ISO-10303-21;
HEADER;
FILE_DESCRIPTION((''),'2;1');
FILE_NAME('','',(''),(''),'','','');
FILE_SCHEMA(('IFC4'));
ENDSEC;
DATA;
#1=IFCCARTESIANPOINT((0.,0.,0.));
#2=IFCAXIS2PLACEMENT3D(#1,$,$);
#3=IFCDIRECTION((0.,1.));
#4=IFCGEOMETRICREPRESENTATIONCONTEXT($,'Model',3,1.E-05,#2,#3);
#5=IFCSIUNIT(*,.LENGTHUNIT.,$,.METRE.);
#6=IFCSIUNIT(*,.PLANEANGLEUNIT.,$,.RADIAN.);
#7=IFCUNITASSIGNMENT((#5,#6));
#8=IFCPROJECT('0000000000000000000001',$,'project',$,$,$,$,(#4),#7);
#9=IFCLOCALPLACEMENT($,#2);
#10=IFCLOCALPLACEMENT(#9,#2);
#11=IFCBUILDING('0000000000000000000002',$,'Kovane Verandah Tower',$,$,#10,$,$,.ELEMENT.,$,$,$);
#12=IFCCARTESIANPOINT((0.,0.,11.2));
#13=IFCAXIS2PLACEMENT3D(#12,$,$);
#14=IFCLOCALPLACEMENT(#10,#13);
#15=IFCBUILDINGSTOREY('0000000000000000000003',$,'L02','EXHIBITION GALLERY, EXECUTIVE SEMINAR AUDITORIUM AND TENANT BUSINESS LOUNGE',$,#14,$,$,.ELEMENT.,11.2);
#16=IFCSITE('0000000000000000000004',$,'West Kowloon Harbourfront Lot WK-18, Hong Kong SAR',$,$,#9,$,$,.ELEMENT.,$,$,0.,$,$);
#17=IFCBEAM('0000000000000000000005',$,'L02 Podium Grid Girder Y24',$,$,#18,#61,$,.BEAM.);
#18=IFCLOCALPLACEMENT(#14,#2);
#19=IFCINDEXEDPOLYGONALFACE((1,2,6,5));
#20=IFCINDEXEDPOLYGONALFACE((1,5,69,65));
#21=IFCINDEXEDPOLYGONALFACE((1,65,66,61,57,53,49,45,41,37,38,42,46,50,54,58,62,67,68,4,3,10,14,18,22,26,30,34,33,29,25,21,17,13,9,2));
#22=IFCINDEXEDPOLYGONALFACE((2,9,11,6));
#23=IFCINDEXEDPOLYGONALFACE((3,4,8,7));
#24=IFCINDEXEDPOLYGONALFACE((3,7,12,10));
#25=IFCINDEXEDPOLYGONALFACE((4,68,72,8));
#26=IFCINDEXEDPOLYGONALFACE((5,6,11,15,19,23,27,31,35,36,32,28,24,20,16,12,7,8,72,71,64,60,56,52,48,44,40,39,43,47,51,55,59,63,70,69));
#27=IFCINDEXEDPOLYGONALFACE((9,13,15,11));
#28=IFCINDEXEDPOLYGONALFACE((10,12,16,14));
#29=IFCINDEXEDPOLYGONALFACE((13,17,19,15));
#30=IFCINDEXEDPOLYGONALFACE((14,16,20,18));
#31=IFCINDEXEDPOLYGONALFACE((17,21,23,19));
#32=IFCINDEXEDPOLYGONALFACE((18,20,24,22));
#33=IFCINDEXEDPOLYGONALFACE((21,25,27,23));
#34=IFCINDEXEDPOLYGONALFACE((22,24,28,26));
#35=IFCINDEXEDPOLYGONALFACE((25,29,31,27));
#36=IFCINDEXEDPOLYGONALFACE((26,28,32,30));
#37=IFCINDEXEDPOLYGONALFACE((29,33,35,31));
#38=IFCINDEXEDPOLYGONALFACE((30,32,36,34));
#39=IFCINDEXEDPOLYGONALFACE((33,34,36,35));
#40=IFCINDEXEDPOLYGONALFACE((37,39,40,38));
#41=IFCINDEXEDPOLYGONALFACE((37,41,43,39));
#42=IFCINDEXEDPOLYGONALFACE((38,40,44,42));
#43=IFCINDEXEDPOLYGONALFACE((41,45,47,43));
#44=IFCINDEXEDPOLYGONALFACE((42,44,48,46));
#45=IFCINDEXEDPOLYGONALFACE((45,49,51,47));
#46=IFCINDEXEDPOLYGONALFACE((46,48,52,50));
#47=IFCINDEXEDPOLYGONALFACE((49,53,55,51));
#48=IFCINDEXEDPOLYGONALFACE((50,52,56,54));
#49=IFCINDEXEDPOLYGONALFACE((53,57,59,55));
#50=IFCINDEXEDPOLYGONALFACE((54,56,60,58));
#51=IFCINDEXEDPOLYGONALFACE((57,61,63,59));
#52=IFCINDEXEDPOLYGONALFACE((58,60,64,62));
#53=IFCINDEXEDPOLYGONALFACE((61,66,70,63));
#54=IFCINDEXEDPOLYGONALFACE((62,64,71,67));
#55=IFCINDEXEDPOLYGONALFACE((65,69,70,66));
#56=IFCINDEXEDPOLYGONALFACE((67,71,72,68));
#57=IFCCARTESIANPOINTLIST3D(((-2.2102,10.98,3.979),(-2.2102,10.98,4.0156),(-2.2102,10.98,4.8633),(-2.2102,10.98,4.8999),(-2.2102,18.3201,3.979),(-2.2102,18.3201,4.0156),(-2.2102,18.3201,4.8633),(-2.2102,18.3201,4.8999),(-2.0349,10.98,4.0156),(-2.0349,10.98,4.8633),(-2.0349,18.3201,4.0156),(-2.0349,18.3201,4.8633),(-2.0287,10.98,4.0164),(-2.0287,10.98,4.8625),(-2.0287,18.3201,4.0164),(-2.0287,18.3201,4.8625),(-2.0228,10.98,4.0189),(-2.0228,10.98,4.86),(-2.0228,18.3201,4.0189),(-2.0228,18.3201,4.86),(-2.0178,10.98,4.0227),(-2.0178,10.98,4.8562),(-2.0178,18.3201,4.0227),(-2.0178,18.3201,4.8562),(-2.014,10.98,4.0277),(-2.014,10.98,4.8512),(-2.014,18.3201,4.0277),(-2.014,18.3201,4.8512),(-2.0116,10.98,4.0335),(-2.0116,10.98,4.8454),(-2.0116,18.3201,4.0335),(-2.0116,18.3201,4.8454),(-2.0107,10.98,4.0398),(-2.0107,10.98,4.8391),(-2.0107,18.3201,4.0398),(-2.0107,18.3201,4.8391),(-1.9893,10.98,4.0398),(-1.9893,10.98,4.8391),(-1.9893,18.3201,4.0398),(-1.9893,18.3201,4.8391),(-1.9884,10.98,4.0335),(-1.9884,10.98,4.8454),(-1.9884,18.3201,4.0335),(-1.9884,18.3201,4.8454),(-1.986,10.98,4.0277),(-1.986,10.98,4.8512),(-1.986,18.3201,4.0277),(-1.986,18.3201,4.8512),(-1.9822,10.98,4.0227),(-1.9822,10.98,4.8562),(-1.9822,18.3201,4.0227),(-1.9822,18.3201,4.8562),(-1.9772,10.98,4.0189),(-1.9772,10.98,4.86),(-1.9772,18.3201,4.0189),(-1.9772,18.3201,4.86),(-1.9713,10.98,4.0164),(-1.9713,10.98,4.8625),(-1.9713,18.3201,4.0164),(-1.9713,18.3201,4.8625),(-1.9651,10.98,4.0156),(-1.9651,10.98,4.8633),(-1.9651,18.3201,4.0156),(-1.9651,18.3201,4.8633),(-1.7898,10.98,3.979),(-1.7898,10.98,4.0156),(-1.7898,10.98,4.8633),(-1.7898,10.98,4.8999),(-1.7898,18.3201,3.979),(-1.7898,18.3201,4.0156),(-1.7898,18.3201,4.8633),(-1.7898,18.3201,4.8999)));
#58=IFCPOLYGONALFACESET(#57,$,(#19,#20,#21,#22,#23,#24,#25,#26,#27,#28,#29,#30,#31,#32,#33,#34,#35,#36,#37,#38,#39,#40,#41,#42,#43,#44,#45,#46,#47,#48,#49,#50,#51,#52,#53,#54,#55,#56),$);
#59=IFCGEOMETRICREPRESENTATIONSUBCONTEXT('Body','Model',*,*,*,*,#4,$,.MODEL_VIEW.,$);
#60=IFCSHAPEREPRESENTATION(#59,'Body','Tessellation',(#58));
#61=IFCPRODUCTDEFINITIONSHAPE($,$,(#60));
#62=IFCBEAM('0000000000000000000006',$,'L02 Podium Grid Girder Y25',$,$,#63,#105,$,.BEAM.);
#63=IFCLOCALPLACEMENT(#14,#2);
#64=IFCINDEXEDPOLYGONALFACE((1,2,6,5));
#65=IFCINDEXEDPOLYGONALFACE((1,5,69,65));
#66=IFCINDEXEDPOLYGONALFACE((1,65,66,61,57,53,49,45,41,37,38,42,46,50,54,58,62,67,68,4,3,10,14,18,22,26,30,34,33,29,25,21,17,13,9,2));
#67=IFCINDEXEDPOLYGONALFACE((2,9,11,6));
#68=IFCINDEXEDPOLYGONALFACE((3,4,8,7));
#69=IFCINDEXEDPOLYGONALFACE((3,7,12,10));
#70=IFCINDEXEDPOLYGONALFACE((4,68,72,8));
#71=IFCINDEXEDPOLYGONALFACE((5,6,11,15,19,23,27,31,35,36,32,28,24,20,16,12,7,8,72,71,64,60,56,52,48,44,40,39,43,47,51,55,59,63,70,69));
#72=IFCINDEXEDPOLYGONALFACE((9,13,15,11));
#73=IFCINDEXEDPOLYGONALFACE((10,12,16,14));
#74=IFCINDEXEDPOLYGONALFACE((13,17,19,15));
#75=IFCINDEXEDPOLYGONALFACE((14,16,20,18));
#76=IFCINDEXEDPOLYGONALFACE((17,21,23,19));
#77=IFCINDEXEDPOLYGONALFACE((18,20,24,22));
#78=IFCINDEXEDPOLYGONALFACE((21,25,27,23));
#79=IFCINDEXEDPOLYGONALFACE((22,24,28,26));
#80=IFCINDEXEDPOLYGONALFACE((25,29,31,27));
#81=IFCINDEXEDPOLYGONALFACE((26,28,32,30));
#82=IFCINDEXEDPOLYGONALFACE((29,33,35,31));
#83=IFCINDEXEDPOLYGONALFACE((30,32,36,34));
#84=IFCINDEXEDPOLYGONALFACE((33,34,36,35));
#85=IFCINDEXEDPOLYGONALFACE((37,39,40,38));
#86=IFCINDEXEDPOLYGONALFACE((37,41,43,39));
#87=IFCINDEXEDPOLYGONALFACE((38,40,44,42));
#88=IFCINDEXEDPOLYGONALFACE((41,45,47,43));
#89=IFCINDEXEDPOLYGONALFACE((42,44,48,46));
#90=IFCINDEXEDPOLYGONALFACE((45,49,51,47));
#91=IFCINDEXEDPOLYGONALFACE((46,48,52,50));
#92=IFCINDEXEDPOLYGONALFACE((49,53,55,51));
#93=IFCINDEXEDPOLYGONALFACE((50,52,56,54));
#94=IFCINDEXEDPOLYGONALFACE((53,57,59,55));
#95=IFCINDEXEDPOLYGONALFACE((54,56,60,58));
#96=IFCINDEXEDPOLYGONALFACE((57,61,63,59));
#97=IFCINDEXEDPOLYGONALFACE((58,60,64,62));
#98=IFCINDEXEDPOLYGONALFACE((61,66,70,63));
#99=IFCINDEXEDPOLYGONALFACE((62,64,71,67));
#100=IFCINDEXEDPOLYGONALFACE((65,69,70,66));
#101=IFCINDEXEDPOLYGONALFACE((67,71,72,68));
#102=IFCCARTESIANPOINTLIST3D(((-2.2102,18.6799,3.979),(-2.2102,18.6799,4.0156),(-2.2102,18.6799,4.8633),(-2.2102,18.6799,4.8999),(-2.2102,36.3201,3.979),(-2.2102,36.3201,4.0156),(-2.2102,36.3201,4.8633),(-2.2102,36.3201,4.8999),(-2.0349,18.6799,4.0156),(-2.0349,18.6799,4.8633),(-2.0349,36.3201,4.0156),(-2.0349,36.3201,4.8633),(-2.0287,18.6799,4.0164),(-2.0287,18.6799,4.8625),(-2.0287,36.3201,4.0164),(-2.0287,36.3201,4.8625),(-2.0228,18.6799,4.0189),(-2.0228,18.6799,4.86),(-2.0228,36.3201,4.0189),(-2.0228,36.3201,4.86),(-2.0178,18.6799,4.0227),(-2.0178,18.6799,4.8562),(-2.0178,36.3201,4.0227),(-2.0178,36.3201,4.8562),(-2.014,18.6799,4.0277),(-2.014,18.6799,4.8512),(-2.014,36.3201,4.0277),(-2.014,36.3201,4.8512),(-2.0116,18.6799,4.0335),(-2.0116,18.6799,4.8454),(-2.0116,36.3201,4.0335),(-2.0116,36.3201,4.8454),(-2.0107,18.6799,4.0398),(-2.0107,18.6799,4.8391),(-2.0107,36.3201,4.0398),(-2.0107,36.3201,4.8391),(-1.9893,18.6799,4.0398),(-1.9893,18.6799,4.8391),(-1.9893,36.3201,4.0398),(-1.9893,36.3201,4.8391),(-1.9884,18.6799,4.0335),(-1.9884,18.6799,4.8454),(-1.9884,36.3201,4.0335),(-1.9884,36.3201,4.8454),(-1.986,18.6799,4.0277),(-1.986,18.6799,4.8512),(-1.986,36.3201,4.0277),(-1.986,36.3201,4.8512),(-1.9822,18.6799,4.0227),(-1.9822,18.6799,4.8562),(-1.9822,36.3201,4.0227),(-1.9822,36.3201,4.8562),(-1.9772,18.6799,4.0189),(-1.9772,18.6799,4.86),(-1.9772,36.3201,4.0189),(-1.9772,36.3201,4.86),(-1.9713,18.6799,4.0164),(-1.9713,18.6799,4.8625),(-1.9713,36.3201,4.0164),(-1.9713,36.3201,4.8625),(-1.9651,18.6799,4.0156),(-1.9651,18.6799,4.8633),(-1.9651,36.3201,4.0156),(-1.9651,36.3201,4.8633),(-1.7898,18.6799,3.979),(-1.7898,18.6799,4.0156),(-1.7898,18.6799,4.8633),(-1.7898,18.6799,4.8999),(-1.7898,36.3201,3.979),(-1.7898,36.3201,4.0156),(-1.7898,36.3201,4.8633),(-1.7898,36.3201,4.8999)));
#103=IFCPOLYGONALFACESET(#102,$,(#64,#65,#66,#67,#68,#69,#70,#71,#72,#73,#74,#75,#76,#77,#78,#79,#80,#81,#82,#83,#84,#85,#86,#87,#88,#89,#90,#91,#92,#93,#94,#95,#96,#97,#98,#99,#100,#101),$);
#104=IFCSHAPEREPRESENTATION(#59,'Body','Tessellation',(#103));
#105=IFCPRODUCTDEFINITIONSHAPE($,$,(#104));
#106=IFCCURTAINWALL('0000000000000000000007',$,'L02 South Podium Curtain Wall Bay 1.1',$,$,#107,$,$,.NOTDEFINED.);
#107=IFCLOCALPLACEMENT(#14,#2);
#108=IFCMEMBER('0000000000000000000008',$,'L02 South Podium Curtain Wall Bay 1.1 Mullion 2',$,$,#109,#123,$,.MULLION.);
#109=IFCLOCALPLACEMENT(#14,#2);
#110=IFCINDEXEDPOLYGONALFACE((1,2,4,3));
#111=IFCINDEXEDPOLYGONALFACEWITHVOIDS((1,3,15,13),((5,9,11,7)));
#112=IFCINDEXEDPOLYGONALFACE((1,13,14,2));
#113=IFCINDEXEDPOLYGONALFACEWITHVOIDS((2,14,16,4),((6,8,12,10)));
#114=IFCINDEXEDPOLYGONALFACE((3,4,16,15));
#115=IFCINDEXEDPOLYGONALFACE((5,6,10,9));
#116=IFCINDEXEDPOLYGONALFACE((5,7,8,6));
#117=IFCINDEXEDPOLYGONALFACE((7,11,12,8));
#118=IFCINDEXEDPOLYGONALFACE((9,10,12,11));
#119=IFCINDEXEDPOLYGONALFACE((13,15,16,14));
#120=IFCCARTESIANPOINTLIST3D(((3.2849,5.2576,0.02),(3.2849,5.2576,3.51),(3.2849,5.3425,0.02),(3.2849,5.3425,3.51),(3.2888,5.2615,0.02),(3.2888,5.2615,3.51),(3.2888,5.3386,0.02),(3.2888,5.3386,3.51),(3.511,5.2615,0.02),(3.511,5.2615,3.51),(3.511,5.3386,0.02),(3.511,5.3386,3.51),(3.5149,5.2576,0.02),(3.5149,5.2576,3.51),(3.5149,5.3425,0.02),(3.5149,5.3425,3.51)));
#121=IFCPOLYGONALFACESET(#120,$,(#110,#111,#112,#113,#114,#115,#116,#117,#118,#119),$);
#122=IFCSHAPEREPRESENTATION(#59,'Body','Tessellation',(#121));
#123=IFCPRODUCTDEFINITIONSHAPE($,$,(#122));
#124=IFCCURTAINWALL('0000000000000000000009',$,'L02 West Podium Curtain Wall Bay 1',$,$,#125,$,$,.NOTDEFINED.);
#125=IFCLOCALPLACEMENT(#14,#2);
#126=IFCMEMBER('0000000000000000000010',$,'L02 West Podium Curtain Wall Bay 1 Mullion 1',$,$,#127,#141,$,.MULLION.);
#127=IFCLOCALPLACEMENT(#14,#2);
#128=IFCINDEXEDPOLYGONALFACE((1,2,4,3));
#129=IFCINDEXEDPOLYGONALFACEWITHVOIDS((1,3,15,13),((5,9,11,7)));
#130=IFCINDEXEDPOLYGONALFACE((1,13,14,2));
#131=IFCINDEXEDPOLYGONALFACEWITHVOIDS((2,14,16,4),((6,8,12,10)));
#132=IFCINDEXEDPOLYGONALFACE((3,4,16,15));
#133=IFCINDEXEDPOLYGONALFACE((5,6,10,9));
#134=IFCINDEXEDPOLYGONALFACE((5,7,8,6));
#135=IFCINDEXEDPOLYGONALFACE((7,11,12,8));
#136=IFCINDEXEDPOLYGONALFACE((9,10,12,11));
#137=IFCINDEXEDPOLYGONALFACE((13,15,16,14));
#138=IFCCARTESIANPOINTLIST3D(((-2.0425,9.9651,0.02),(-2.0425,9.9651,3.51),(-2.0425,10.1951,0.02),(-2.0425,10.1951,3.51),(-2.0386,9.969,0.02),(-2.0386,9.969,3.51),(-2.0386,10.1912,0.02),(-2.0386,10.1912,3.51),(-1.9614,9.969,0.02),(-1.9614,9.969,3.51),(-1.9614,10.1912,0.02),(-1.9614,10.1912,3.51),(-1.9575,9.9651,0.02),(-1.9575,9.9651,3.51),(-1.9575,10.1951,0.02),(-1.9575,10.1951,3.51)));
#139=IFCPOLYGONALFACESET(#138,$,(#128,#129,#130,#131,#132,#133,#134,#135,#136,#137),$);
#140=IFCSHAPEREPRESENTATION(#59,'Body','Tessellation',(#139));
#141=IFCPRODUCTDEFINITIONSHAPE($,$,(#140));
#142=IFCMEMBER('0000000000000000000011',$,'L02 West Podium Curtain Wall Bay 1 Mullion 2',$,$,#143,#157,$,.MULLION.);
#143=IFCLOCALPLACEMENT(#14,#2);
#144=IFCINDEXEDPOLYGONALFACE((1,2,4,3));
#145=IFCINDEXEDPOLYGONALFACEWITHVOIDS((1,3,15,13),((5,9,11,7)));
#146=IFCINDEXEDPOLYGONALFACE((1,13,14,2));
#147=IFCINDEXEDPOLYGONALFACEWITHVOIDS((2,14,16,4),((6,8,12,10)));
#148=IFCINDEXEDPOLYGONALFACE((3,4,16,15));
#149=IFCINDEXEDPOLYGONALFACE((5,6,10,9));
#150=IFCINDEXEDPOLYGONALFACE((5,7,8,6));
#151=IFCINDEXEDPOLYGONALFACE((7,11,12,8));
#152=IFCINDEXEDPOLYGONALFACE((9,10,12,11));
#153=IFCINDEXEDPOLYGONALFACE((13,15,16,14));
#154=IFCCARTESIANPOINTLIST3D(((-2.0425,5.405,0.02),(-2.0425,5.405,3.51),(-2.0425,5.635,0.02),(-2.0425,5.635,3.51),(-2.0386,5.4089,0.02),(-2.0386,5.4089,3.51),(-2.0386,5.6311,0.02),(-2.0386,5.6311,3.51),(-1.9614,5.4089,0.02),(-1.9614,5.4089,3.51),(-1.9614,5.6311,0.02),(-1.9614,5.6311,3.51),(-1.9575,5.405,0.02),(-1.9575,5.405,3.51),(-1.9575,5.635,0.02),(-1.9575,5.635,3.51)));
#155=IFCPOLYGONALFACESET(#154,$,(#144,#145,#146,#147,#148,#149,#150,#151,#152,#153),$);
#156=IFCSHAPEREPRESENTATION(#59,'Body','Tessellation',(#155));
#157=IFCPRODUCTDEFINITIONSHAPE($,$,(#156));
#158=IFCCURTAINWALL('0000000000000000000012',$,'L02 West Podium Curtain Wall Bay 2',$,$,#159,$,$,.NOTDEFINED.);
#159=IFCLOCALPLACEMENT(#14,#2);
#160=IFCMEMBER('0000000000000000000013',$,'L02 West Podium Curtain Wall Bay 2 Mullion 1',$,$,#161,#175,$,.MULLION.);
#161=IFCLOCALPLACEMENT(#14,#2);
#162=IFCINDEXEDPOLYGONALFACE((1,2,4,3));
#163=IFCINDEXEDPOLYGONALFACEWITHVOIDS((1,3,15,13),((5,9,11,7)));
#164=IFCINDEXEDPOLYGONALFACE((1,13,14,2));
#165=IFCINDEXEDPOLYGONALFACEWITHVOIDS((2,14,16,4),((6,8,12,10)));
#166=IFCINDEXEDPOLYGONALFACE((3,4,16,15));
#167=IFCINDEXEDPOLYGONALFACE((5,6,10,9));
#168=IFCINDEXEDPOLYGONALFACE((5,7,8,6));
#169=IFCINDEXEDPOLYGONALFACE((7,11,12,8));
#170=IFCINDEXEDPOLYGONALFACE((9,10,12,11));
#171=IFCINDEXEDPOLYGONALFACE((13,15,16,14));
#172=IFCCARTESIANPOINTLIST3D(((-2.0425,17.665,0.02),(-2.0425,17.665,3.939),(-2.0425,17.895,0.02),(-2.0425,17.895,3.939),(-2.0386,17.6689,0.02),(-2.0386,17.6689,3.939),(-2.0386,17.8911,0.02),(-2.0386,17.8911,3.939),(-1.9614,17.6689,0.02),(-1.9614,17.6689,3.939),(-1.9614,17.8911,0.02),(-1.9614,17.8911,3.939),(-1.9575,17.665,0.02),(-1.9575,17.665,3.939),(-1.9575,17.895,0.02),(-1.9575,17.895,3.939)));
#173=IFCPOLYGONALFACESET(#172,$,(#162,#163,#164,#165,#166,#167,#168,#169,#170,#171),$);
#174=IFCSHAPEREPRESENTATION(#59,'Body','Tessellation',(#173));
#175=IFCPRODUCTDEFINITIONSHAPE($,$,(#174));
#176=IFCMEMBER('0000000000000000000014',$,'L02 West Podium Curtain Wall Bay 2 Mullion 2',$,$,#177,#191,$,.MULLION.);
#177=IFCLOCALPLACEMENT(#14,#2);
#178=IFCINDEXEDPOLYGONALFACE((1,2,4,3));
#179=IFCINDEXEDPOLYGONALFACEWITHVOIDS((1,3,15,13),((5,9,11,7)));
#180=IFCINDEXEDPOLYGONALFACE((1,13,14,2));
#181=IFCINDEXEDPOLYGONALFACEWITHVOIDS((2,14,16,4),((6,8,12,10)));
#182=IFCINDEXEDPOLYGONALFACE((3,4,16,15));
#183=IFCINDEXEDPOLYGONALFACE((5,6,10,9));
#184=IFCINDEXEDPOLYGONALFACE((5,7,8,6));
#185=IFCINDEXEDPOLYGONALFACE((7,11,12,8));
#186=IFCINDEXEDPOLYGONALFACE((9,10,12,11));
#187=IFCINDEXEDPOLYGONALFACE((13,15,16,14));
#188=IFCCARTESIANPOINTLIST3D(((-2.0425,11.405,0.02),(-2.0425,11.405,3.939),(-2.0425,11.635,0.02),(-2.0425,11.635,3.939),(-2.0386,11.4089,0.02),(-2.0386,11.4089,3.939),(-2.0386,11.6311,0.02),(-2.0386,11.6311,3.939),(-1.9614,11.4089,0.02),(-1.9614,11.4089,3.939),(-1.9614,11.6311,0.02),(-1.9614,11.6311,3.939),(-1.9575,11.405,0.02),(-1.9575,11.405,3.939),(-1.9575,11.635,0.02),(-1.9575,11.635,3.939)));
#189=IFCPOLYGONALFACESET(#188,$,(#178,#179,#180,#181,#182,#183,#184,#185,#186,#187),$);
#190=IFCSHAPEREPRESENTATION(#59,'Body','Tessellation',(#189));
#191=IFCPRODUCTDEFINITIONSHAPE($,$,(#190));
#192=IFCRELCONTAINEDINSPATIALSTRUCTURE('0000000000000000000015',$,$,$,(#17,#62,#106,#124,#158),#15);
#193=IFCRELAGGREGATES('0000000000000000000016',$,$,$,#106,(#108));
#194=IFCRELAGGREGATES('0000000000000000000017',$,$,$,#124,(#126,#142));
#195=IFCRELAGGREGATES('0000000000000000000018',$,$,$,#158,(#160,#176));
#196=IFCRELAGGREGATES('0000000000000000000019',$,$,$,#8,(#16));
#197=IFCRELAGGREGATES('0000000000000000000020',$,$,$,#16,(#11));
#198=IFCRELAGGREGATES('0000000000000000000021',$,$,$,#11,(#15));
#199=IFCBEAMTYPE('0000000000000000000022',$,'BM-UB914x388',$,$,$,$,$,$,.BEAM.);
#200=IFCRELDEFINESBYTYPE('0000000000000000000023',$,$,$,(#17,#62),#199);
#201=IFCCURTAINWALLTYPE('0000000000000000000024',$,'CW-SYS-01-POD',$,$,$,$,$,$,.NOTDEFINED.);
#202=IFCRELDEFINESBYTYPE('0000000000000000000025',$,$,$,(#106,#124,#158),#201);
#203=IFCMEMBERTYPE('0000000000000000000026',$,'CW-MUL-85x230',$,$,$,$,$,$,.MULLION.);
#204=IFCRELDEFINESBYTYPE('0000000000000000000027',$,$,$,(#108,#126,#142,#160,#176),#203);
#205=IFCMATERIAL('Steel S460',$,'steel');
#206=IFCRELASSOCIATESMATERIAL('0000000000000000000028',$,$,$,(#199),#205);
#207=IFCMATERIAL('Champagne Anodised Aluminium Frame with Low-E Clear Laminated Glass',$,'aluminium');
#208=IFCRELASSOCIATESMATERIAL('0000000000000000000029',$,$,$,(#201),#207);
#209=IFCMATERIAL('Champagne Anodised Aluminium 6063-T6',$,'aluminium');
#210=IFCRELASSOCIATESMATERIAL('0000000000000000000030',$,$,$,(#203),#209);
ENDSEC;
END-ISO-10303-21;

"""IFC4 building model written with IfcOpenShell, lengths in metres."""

from ifc_helpers import new_model, si_unit, direction, frame, origin, origin_2d, place, context, subcontext, project, spatial, hollow_rectangle, i_section, extrude, material, material_profile, profile_set, type_object, element, aggregate, save


model = new_model("IFC4")

# Units and contexts
model_context = context("Model", 3, precision=1e-05, world=origin(), true_north=direction((0.0, 1.0)))
body_context = subcontext(model_context, "Body", "Model", "MODEL_VIEW")
ifc_project = project(units=[si_unit("LENGTHUNIT", "METRE"), si_unit("PLANEANGLEUNIT", "RADIAN")], contexts=[model_context])

# Site, building, storey
site_placement = place(None, origin())
site = spatial("IfcSite", under=ifc_project, at=site_placement, Name="West Kowloon Harbourfront Lot WK-18, Hong Kong SAR", CompositionType="ELEMENT", RefElevation=0.0)
building_placement = place(site_placement, origin())
building = spatial("IfcBuilding", under=site, at=building_placement, Name="Kovane Verandah Tower", CompositionType="ELEMENT")
storey_placement = place(building_placement, frame((0.0, 0.0, 11.2)))
storey = spatial("IfcBuildingStorey", under=building, at=storey_placement, Name="L02", Description="EXHIBITION GALLERY, EXECUTIVE SEMINAR AUDITORIUM AND TENANT BUSINESS LOUNGE", CompositionType="ELEMENT", Elevation=11.2)

# Shared definitions
ifc_material_1 = material(Name="Steel S460", Category="steel")

# Beams
ifc_material_profile_1 = material_profile(ifc_material_1, i_section(OverallWidth=0.4204, OverallDepth=0.9209, WebThickness=0.0215, FlangeThickness=0.0366, FilletRadius=0.0242, at=origin_2d()), Name="UB914x419x388")
ifc_profile_set_1 = profile_set([ifc_material_profile_1], Name="Steel S460")
beam_type_1 = type_object("IfcBeamType", Name="BM-UB914x388", PredefinedType="BEAM", material=ifc_profile_set_1)
beam_1_placement = place(storey_placement, frame((-2.0, 10.98, 4.4395), z_axis=(0.0, 1.0, 0.0), x_axis=(-1.0, 0.0, 0.0)))
element("IfcBeam", 1, at=beam_1_placement, inside=storey, type_object=beam_type_1, Name="L02 Podium Grid Girder Y24", PredefinedType="BEAM", context=body_context, shape_type="SweptSolid", body=[
    extrude(i_section(OverallWidth=0.4204, OverallDepth=0.9209, WebThickness=0.0215, FlangeThickness=0.0366, FilletRadius=0.0242, at=origin_2d()), origin(), (0.0, 0.0, 1.0), 7.3401),
])
beam_2_placement = place(storey_placement, frame((-2.0, 18.6799, 4.4395), z_axis=(0.0, 1.0, 0.0), x_axis=(-1.0, 0.0, 0.0)))
element("IfcBeam", 2, at=beam_2_placement, inside=storey, type_object=beam_type_1, Name="L02 Podium Grid Girder Y25", PredefinedType="BEAM", context=body_context, shape_type="SweptSolid", body=[
    extrude(i_section(OverallWidth=0.4204, OverallDepth=0.9209, WebThickness=0.0215, FlangeThickness=0.0366, FilletRadius=0.0242, at=origin_2d()), origin(), (0.0, 0.0, 1.0), 17.6401),
])

# Curtain wall, member
ifc_material_2 = material(Name="Champagne Anodised Aluminium Frame with Low-E Clear Laminated Glass", Category="aluminium")
curtain_wall_type = type_object("IfcCurtainWallType", Name="CW-SYS-01-POD", PredefinedType="NOTDEFINED", material=ifc_material_2)
curtain_wall_1_placement = place(storey_placement, origin())
curtain_wall_1 = element("IfcCurtainWall", 3, at=curtain_wall_1_placement, inside=storey, type_object=curtain_wall_type, Name="L02 South Podium Curtain Wall Bay 1.1", PredefinedType="NOTDEFINED")
ifc_material_3 = material(Name="Champagne Anodised Aluminium 6063-T6", Category="aluminium")
ifc_material_profile_2 = material_profile(ifc_material_3, hollow_rectangle(XDim=0.085, YDim=0.23, WallThickness=0.0039, at=origin_2d()), Name="AL85x230x4")
ifc_profile_set_2 = profile_set([ifc_material_profile_2], Name="Champagne Anodised Aluminium 6063-T6")
member_type_1 = type_object("IfcMemberType", Name="CW-MUL-85x230", PredefinedType="MULLION", material=ifc_profile_set_2)
member_1_placement = place(storey_placement, frame((3.3999, 5.3, 0.02), z_axis=(0.0, 0.0, 1.0), x_axis=(0.0, -1.0, 0.0)))
member_1 = element("IfcMember", 4, at=member_1_placement, type_object=member_type_1, Name="L02 South Podium Curtain Wall Bay 1.1 Mullion 2", PredefinedType="MULLION", context=body_context, shape_type="SweptSolid", body=[
    extrude(hollow_rectangle(XDim=0.085, YDim=0.23, WallThickness=0.0039, at=origin_2d()), origin(), (0.0, 0.0, 1.0), 3.49),
])

# Curtain walls, members
curtain_wall_2_placement = place(storey_placement, origin())
curtain_wall_2 = element("IfcCurtainWall", 5, at=curtain_wall_2_placement, inside=storey, type_object=curtain_wall_type, Name="L02 West Podium Curtain Wall Bay 1", PredefinedType="NOTDEFINED")
member_2_placement = place(storey_placement, frame((-2.0, 10.0801, 0.02), z_axis=(0.0, 0.0, 1.0), x_axis=(-1.0, 0.0, 0.0)))
member_2 = element("IfcMember", 6, at=member_2_placement, type_object=member_type_1, Name="L02 West Podium Curtain Wall Bay 1 Mullion 1", PredefinedType="MULLION", context=body_context, shape_type="SweptSolid", body=[
    extrude(hollow_rectangle(XDim=0.085, YDim=0.23, WallThickness=0.0039, at=origin_2d()), origin(), (0.0, 0.0, 1.0), 3.49),
])
member_3_placement = place(storey_placement, frame((-2.0, 5.52, 0.02), z_axis=(0.0, 0.0, 1.0), x_axis=(-1.0, 0.0, 0.0)))
member_3 = element("IfcMember", 7, at=member_3_placement, type_object=member_type_1, Name="L02 West Podium Curtain Wall Bay 1 Mullion 2", PredefinedType="MULLION", context=body_context, shape_type="SweptSolid", body=[
    extrude(hollow_rectangle(XDim=0.085, YDim=0.23, WallThickness=0.0039, at=origin_2d()), origin(), (0.0, 0.0, 1.0), 3.49),
])
curtain_wall_3_placement = place(storey_placement, origin())
curtain_wall_3 = element("IfcCurtainWall", 8, at=curtain_wall_3_placement, inside=storey, type_object=curtain_wall_type, Name="L02 West Podium Curtain Wall Bay 2", PredefinedType="NOTDEFINED")
member_4_placement = place(storey_placement, frame((-2.0, 17.78, 0.02), z_axis=(0.0, 0.0, 1.0), x_axis=(-1.0, 0.0, 0.0)))
member_4 = element("IfcMember", 9, at=member_4_placement, type_object=member_type_1, Name="L02 West Podium Curtain Wall Bay 2 Mullion 1", PredefinedType="MULLION", context=body_context, shape_type="SweptSolid", body=[
    extrude(hollow_rectangle(XDim=0.085, YDim=0.23, WallThickness=0.0039, at=origin_2d()), origin(), (0.0, 0.0, 1.0), 3.9189),
])
member_5_placement = place(storey_placement, frame((-2.0, 11.52, 0.02), z_axis=(0.0, 0.0, 1.0), x_axis=(-1.0, 0.0, 0.0)))
member_5 = element("IfcMember", 10, at=member_5_placement, type_object=member_type_1, Name="L02 West Podium Curtain Wall Bay 2 Mullion 2", PredefinedType="MULLION", context=body_context, shape_type="SweptSolid", body=[
    extrude(hollow_rectangle(XDim=0.085, YDim=0.23, WallThickness=0.0039, at=origin_2d()), origin(), (0.0, 0.0, 1.0), 3.9189),
])

aggregate(curtain_wall_1, [member_1])
aggregate(curtain_wall_2, [member_2, member_3])
aggregate(curtain_wall_3, [member_4, member_5])

save(model, "model.ifc")
